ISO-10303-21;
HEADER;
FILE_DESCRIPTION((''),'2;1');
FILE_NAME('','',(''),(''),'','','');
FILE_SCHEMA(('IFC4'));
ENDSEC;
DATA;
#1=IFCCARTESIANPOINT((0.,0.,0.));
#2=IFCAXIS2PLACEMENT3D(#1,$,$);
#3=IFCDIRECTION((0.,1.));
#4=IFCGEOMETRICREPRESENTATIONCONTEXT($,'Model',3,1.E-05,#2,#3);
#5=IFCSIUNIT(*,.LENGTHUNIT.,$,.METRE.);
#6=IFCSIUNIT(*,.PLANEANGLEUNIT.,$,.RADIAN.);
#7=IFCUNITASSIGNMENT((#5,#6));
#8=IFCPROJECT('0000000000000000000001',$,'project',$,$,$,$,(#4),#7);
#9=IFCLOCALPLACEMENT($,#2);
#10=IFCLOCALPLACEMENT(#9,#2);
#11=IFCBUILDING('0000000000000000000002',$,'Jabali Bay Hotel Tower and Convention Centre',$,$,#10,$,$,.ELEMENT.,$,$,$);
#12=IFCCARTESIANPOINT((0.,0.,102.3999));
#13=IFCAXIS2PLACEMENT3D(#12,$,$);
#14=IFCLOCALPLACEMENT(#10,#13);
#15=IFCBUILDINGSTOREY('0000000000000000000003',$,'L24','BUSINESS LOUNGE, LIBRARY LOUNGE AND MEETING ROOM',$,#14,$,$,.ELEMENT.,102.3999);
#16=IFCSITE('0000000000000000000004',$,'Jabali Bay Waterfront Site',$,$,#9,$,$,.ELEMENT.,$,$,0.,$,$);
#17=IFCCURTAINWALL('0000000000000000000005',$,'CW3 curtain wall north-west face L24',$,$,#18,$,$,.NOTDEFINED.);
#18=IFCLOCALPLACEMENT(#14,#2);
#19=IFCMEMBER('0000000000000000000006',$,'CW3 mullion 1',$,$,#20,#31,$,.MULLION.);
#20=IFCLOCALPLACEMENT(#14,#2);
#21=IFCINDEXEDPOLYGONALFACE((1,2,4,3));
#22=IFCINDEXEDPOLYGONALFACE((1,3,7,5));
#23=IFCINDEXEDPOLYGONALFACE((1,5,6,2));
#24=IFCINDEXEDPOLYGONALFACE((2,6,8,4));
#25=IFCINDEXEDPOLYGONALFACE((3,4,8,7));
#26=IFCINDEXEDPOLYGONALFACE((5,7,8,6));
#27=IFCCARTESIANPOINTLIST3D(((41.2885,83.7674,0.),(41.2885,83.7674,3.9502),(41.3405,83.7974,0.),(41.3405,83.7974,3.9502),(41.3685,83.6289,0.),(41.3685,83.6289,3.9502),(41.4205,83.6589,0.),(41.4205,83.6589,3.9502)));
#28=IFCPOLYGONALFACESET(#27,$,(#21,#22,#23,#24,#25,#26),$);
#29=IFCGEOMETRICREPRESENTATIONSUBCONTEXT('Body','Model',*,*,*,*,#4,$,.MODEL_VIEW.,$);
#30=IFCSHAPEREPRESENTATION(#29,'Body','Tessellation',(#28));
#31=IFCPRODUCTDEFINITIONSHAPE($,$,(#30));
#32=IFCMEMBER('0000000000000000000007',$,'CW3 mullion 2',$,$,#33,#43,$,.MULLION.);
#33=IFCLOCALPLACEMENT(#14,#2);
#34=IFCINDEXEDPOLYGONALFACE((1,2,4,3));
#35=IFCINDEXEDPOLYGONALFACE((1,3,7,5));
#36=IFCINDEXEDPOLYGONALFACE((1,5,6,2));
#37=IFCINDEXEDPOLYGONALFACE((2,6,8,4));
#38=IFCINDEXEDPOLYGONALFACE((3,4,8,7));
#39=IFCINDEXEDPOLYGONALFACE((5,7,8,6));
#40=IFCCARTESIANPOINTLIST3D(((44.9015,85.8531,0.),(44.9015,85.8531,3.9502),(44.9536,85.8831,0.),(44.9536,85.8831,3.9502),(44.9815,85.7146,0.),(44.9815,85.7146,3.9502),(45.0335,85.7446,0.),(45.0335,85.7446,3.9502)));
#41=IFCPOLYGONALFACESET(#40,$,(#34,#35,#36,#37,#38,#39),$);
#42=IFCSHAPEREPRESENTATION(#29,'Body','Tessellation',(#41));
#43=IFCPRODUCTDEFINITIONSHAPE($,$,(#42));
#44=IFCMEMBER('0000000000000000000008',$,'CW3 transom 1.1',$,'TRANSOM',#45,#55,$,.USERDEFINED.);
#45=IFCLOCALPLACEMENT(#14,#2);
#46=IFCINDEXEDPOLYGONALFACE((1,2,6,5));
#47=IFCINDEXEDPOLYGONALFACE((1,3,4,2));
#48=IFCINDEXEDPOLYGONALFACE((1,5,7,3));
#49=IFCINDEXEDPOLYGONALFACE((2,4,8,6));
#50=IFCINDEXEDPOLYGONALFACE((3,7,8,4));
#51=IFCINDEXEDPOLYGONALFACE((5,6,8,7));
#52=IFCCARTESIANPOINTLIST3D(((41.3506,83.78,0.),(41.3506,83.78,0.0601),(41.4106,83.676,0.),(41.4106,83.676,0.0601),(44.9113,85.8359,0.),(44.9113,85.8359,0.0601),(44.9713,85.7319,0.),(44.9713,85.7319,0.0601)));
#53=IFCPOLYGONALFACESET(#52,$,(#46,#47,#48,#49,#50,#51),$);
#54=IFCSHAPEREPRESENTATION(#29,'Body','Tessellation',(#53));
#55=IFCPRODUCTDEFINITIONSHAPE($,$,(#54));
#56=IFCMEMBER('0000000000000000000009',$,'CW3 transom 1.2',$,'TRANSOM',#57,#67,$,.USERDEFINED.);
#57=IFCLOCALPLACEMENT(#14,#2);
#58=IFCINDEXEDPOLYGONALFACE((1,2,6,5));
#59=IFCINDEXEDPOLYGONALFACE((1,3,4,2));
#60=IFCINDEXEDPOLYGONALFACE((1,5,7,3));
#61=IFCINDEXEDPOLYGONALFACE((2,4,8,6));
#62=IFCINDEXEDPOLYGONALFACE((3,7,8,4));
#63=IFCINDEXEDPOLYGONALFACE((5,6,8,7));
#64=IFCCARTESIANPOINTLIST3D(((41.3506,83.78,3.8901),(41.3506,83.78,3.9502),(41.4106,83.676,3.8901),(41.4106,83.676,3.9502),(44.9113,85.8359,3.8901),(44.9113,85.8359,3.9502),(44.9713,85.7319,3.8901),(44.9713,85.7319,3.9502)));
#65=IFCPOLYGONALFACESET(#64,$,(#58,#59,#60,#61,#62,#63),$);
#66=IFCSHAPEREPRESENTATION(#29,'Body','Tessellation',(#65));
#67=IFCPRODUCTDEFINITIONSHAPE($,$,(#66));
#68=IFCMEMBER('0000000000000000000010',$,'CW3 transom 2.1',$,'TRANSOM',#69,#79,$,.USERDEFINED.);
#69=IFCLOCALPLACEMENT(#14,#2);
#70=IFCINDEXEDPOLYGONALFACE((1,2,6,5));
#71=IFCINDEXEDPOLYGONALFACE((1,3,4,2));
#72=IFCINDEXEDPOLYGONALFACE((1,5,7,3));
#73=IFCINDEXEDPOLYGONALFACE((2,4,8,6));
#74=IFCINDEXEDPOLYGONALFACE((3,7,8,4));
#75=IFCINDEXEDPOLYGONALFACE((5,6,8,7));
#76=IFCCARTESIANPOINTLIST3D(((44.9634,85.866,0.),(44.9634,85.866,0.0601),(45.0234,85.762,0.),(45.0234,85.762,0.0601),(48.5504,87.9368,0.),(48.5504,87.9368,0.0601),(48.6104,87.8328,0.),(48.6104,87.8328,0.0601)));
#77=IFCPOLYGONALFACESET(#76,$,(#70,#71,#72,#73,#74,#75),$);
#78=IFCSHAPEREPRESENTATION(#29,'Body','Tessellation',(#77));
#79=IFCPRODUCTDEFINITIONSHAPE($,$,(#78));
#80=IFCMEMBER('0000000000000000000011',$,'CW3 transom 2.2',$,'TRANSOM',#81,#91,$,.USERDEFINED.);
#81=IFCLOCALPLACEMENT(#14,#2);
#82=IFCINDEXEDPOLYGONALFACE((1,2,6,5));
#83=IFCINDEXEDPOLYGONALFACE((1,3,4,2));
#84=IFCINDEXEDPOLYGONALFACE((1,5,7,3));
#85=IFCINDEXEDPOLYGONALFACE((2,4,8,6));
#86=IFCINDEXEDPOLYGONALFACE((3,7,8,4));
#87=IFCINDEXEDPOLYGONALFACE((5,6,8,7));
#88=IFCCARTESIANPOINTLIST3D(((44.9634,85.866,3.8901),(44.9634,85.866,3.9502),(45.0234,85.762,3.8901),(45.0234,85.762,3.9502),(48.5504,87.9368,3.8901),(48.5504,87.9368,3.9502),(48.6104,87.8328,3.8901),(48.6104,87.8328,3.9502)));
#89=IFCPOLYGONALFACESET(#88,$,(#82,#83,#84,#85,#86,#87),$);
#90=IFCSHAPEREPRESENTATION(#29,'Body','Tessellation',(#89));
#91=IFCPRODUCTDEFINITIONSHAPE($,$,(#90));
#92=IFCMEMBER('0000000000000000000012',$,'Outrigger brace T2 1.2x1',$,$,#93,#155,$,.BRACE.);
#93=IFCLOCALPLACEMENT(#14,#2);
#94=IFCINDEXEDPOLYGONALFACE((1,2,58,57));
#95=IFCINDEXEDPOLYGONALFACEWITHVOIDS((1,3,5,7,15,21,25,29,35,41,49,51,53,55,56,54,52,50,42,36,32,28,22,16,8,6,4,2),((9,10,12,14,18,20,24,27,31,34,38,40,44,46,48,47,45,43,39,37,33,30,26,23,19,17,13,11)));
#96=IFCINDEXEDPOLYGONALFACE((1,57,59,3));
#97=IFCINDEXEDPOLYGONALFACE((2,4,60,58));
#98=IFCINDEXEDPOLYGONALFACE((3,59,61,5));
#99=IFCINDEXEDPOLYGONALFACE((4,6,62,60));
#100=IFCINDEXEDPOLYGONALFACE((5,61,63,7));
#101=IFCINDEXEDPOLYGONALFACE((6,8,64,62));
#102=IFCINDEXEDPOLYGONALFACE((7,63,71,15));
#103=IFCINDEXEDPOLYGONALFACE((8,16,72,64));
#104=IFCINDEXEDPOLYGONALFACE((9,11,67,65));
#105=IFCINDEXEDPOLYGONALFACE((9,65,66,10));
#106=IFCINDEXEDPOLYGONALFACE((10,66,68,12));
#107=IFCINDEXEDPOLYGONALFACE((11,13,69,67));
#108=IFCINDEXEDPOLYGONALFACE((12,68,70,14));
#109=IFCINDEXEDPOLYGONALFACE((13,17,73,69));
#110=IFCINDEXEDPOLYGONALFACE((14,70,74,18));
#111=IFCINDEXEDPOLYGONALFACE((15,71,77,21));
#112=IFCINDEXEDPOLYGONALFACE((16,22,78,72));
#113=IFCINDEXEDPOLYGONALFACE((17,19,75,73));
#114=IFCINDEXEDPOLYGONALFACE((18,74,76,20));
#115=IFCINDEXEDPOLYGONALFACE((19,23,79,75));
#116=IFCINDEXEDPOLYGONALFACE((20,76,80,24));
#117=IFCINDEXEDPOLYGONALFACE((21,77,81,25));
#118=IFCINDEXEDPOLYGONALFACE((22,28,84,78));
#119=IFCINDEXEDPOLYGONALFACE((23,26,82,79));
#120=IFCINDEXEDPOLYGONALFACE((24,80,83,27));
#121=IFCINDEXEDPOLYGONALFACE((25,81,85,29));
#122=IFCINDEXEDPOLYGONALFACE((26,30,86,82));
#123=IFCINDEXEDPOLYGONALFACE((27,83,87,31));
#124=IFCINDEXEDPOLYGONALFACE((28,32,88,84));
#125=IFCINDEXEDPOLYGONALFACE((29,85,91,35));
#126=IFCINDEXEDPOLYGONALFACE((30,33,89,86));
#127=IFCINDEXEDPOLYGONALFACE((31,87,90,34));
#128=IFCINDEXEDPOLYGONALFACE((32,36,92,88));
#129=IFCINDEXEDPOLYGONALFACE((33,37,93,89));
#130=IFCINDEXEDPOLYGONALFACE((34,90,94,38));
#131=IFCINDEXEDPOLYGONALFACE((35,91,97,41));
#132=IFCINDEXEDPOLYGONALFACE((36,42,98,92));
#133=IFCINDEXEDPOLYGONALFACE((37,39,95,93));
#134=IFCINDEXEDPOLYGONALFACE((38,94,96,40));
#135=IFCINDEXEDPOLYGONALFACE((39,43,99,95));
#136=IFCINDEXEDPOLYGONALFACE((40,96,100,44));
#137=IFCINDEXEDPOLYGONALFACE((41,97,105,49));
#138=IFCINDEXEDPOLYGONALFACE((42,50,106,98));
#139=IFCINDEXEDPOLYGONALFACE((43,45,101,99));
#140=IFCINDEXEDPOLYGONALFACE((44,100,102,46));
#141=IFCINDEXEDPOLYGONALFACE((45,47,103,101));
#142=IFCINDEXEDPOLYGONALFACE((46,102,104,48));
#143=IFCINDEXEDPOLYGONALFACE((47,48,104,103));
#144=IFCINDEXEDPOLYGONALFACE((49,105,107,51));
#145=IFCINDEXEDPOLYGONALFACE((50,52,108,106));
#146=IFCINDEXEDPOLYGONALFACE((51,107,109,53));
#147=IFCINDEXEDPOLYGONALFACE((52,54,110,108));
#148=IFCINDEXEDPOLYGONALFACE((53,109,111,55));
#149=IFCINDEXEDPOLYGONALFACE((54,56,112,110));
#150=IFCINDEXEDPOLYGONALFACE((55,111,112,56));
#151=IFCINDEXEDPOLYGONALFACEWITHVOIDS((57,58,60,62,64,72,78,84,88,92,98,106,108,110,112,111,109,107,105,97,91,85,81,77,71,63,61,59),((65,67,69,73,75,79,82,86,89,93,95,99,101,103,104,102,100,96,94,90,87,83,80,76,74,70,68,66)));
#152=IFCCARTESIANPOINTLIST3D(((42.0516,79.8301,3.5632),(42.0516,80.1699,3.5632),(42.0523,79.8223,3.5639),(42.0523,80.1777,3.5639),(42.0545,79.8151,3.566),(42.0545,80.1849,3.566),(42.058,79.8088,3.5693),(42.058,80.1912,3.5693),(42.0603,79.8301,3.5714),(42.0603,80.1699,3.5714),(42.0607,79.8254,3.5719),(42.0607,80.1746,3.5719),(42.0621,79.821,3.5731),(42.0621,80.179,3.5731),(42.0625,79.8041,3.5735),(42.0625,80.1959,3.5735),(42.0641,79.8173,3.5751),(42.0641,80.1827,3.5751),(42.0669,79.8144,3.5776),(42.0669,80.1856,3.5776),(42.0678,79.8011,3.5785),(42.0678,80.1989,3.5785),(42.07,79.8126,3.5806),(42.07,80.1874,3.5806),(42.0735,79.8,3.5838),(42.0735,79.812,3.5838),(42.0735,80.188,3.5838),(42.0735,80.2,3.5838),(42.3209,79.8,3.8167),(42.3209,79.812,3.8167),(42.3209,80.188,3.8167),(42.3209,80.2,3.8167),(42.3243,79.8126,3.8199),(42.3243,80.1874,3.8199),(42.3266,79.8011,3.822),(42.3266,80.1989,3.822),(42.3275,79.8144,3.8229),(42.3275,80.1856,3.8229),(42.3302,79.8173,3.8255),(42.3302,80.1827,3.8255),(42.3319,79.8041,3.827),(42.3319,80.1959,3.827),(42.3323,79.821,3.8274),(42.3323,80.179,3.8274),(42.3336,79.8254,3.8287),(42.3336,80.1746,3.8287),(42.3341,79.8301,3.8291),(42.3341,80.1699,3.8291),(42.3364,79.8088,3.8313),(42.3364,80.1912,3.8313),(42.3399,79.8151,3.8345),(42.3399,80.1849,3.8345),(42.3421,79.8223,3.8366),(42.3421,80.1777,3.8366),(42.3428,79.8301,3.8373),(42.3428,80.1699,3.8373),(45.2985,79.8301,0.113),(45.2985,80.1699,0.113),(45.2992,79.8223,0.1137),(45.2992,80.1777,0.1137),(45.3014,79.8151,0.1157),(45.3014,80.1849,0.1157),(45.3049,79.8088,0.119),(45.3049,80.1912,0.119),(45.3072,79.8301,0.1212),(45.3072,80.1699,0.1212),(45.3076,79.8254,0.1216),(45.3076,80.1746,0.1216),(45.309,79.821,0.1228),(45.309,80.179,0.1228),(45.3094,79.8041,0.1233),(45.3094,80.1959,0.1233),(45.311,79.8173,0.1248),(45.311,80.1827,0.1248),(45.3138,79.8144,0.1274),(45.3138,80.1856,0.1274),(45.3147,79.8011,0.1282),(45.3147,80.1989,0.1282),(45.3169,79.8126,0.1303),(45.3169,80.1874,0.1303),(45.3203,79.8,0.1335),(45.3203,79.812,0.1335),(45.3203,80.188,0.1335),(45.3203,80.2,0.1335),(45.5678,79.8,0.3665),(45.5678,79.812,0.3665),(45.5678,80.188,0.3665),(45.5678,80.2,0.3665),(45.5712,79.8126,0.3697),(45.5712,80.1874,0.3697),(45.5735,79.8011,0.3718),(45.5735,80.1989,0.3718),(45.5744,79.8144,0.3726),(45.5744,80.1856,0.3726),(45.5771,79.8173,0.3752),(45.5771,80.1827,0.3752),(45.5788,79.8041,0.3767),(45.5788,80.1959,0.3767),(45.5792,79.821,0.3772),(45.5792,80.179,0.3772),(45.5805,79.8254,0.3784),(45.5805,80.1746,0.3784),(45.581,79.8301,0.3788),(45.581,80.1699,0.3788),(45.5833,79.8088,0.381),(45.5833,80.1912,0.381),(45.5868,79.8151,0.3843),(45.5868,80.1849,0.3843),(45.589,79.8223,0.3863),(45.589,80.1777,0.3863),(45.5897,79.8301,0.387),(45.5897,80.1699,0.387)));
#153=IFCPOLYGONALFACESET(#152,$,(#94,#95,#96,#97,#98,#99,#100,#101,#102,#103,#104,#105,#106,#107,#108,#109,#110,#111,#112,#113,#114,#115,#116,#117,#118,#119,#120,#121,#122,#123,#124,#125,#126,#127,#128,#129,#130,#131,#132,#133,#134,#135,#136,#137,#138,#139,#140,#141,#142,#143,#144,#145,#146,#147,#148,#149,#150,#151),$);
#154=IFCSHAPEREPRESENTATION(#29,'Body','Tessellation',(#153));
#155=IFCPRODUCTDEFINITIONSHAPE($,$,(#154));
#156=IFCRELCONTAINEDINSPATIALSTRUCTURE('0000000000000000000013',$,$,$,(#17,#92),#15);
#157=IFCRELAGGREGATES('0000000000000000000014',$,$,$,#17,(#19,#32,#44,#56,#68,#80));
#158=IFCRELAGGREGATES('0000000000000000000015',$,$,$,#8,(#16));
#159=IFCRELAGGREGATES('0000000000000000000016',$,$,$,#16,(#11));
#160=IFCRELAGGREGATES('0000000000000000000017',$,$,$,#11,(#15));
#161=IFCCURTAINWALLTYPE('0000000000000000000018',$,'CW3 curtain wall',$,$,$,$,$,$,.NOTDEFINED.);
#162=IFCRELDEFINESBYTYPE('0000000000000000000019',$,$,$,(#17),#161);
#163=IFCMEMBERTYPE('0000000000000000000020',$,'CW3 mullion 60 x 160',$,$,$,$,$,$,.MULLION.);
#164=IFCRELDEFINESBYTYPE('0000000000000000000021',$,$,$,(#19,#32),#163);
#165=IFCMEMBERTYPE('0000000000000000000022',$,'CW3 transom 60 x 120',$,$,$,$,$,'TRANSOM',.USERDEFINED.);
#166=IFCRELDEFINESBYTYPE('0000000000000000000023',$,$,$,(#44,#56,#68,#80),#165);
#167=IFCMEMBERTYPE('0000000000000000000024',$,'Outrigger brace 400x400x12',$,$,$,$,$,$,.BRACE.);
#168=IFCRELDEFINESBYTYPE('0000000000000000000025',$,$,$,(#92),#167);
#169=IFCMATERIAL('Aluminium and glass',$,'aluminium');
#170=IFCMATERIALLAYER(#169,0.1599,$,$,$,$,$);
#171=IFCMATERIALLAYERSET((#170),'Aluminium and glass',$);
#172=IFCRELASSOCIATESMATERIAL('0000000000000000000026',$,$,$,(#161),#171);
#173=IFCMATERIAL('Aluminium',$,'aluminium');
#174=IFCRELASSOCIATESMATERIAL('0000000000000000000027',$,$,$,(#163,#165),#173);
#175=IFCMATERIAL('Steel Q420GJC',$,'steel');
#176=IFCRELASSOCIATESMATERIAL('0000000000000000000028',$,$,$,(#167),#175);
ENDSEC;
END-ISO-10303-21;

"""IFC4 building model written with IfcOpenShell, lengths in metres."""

from ifc_helpers import new_model, si_unit, direction, frame, origin, origin_2d, place, context, subcontext, project, spatial, rectangle, hollow_rectangle, extrude, material, layer, layer_set, material_profile, profile_set, type_object, element, aggregate, save


model = new_model("IFC4")

# Units and contexts
model_context = context("Model", 3, precision=1e-05, world=origin(), true_north=direction((0.0, 1.0)))
body_context = subcontext(model_context, "Body", "Model", "MODEL_VIEW")
ifc_project = project(units=[si_unit("LENGTHUNIT", "METRE"), si_unit("PLANEANGLEUNIT", "RADIAN")], contexts=[model_context])

# Site, building, storey
site_placement = place(None, origin())
site = spatial("IfcSite", under=ifc_project, at=site_placement, Name="Jabali Bay Waterfront Site", CompositionType="ELEMENT", RefElevation=0.0)
building_placement = place(site_placement, origin())
building = spatial("IfcBuilding", under=site, at=building_placement, Name="Jabali Bay Hotel Tower and Convention Centre", CompositionType="ELEMENT")
storey_placement = place(building_placement, frame((0.0, 0.0, 102.3999)))
storey = spatial("IfcBuildingStorey", under=building, at=storey_placement, Name="L24", Description="BUSINESS LOUNGE, LIBRARY LOUNGE AND MEETING ROOM", CompositionType="ELEMENT", Elevation=102.3999)

# Shared definitions
ifc_material_1 = material(Name="Steel Q420GJC", Category="steel")

# Curtain wall, members
ifc_material_2 = material(Name="Aluminium and glass", Category="aluminium")
ifc_layer_1 = layer(ifc_material_2, 0.1599)
ifc_layer_set_1 = layer_set([ifc_layer_1], Name="Aluminium and glass")
curtain_wall_type = type_object("IfcCurtainWallType", Name="CW3 curtain wall", PredefinedType="NOTDEFINED", material=ifc_layer_set_1)
curtain_wall_placement = place(storey_placement, origin())
curtain_wall = element("IfcCurtainWall", 1, at=curtain_wall_placement, inside=storey, type_object=curtain_wall_type, Name="CW3 curtain wall north-west face L24", PredefinedType="NOTDEFINED")
ifc_material_3 = material(Name="Aluminium", Category="aluminium")
ifc_material_profile_1 = material_profile(ifc_material_3, rectangle(XDim=0.1599, YDim=0.0601, at=origin_2d()), Name="CW3 mullion 60 x 160")
ifc_profile_set_1 = profile_set([ifc_material_profile_1], Name="Aluminium")
member_type_1 = type_object("IfcMemberType", Name="CW3 mullion 60 x 160", PredefinedType="MULLION", material=ifc_profile_set_1)
member_1_placement = place(storey_placement, frame((41.3545, 83.7131, 0.0), z_axis=(0.0, 0.0, 1.0), x_axis=(-0.5, 0.866025, 0.0)))
member_1 = element("IfcMember", 2, at=member_1_placement, type_object=member_type_1, Name="CW3 mullion 1", PredefinedType="MULLION", context=body_context, shape_type="SweptSolid", body=[
    extrude(rectangle(XDim=0.1599, YDim=0.0601, at=origin_2d()), origin(), (0.0, 0.0, 1.0), 3.9502),
])
member_2_placement = place(storey_placement, frame((44.9675, 85.7988, 0.0), z_axis=(0.0, 0.0, 1.0), x_axis=(-0.5, 0.866025, 0.0)))
member_2 = element("IfcMember", 3, at=member_2_placement, type_object=member_type_1, Name="CW3 mullion 2", PredefinedType="MULLION", context=body_context, shape_type="SweptSolid", body=[
    extrude(rectangle(XDim=0.1599, YDim=0.0601, at=origin_2d()), origin(), (0.0, 0.0, 1.0), 3.9502),
])
ifc_material_profile_2 = material_profile(ifc_material_3, rectangle(XDim=0.1201, YDim=0.0601, at=origin_2d()), Name="CW3 transom 60 x 120")
ifc_profile_set_2 = profile_set([ifc_material_profile_2], Name="Aluminium")
member_type_2 = type_object("IfcMemberType", Name="CW3 transom 60 x 120", ElementType="TRANSOM", PredefinedType="USERDEFINED", material=ifc_profile_set_2)
member_3_placement = place(storey_placement, frame((41.3806, 83.728, 0.03), z_axis=(0.866016, 0.500015, 0.0), x_axis=(-0.500015, 0.866016, 0.0)))
member_3 = element("IfcMember", 4, at=member_3_placement, type_object=member_type_2, Name="CW3 transom 1.1", ObjectType="TRANSOM", PredefinedType="USERDEFINED", context=body_context, shape_type="SweptSolid", body=[
    extrude(rectangle(XDim=0.1201, YDim=0.0601, at=origin_2d()), origin(), (0.0, 0.0, 1.0), 4.1116),
])
member_4_placement = place(storey_placement, frame((41.3806, 83.728, 3.9202), z_axis=(0.866016, 0.500015, 0.0), x_axis=(-0.500015, 0.866016, 0.0)))
member_4 = element("IfcMember", 5, at=member_4_placement, type_object=member_type_2, Name="CW3 transom 1.2", ObjectType="TRANSOM", PredefinedType="USERDEFINED", context=body_context, shape_type="SweptSolid", body=[
    extrude(rectangle(XDim=0.1201, YDim=0.0601, at=origin_2d()), origin(), (0.0, 0.0, 1.0), 4.1116),
])
member_5_placement = place(storey_placement, frame((44.9934, 85.814, 0.03), z_axis=(0.866036, 0.499981, 0.0), x_axis=(-0.499981, 0.866036, 0.0)))
member_5 = element("IfcMember", 6, at=member_5_placement, type_object=member_type_2, Name="CW3 transom 2.1", ObjectType="TRANSOM", PredefinedType="USERDEFINED", context=body_context, shape_type="SweptSolid", body=[
    extrude(rectangle(XDim=0.1201, YDim=0.0601, at=origin_2d()), origin(), (0.0, 0.0, 1.0), 4.1418),
])
member_6_placement = place(storey_placement, frame((44.9934, 85.814, 3.9202), z_axis=(0.866036, 0.499981, 0.0), x_axis=(-0.499981, 0.866036, 0.0)))
member_6 = element("IfcMember", 7, at=member_6_placement, type_object=member_type_2, Name="CW3 transom 2.2", ObjectType="TRANSOM", PredefinedType="USERDEFINED", context=body_context, shape_type="SweptSolid", body=[
    extrude(rectangle(XDim=0.1201, YDim=0.0601, at=origin_2d()), origin(), (0.0, 0.0, 1.0), 4.1418),
])

# Member
ifc_material_profile_3 = material_profile(ifc_material_1, hollow_rectangle(XDim=0.3999, YDim=0.3999, WallThickness=0.012, InnerFilletRadius=0.0181, OuterFilletRadius=0.03, at=origin_2d()), Name="Outrigger brace 400x400x12")
ifc_profile_set_3 = profile_set([ifc_material_profile_3], Name="Steel Q420GJC")
member_type_3 = type_object("IfcMemberType", Name="Outrigger brace 400x400x12", PredefinedType="BRACE", material=ifc_profile_set_3)
member_7_placement = place(storey_placement, frame((45.4441, 80.0, 0.25), z_axis=(-0.685318, 0.0, 0.728244), x_axis=(0.0, -1.0, 0.0)))
element("IfcMember", 8, at=member_7_placement, inside=storey, type_object=member_type_3, Name="Outrigger brace T2 1.2x1", PredefinedType="BRACE", context=body_context, shape_type="SweptSolid", body=[
    extrude(hollow_rectangle(XDim=0.3999, YDim=0.3999, WallThickness=0.012, InnerFilletRadius=0.0181, OuterFilletRadius=0.03, at=origin_2d()), origin(), (0.0, 0.0, 1.0), 4.7378),
])

aggregate(curtain_wall, [member_1, member_2, member_3, member_4, member_5, member_6])

save(model, "model.ifc")
